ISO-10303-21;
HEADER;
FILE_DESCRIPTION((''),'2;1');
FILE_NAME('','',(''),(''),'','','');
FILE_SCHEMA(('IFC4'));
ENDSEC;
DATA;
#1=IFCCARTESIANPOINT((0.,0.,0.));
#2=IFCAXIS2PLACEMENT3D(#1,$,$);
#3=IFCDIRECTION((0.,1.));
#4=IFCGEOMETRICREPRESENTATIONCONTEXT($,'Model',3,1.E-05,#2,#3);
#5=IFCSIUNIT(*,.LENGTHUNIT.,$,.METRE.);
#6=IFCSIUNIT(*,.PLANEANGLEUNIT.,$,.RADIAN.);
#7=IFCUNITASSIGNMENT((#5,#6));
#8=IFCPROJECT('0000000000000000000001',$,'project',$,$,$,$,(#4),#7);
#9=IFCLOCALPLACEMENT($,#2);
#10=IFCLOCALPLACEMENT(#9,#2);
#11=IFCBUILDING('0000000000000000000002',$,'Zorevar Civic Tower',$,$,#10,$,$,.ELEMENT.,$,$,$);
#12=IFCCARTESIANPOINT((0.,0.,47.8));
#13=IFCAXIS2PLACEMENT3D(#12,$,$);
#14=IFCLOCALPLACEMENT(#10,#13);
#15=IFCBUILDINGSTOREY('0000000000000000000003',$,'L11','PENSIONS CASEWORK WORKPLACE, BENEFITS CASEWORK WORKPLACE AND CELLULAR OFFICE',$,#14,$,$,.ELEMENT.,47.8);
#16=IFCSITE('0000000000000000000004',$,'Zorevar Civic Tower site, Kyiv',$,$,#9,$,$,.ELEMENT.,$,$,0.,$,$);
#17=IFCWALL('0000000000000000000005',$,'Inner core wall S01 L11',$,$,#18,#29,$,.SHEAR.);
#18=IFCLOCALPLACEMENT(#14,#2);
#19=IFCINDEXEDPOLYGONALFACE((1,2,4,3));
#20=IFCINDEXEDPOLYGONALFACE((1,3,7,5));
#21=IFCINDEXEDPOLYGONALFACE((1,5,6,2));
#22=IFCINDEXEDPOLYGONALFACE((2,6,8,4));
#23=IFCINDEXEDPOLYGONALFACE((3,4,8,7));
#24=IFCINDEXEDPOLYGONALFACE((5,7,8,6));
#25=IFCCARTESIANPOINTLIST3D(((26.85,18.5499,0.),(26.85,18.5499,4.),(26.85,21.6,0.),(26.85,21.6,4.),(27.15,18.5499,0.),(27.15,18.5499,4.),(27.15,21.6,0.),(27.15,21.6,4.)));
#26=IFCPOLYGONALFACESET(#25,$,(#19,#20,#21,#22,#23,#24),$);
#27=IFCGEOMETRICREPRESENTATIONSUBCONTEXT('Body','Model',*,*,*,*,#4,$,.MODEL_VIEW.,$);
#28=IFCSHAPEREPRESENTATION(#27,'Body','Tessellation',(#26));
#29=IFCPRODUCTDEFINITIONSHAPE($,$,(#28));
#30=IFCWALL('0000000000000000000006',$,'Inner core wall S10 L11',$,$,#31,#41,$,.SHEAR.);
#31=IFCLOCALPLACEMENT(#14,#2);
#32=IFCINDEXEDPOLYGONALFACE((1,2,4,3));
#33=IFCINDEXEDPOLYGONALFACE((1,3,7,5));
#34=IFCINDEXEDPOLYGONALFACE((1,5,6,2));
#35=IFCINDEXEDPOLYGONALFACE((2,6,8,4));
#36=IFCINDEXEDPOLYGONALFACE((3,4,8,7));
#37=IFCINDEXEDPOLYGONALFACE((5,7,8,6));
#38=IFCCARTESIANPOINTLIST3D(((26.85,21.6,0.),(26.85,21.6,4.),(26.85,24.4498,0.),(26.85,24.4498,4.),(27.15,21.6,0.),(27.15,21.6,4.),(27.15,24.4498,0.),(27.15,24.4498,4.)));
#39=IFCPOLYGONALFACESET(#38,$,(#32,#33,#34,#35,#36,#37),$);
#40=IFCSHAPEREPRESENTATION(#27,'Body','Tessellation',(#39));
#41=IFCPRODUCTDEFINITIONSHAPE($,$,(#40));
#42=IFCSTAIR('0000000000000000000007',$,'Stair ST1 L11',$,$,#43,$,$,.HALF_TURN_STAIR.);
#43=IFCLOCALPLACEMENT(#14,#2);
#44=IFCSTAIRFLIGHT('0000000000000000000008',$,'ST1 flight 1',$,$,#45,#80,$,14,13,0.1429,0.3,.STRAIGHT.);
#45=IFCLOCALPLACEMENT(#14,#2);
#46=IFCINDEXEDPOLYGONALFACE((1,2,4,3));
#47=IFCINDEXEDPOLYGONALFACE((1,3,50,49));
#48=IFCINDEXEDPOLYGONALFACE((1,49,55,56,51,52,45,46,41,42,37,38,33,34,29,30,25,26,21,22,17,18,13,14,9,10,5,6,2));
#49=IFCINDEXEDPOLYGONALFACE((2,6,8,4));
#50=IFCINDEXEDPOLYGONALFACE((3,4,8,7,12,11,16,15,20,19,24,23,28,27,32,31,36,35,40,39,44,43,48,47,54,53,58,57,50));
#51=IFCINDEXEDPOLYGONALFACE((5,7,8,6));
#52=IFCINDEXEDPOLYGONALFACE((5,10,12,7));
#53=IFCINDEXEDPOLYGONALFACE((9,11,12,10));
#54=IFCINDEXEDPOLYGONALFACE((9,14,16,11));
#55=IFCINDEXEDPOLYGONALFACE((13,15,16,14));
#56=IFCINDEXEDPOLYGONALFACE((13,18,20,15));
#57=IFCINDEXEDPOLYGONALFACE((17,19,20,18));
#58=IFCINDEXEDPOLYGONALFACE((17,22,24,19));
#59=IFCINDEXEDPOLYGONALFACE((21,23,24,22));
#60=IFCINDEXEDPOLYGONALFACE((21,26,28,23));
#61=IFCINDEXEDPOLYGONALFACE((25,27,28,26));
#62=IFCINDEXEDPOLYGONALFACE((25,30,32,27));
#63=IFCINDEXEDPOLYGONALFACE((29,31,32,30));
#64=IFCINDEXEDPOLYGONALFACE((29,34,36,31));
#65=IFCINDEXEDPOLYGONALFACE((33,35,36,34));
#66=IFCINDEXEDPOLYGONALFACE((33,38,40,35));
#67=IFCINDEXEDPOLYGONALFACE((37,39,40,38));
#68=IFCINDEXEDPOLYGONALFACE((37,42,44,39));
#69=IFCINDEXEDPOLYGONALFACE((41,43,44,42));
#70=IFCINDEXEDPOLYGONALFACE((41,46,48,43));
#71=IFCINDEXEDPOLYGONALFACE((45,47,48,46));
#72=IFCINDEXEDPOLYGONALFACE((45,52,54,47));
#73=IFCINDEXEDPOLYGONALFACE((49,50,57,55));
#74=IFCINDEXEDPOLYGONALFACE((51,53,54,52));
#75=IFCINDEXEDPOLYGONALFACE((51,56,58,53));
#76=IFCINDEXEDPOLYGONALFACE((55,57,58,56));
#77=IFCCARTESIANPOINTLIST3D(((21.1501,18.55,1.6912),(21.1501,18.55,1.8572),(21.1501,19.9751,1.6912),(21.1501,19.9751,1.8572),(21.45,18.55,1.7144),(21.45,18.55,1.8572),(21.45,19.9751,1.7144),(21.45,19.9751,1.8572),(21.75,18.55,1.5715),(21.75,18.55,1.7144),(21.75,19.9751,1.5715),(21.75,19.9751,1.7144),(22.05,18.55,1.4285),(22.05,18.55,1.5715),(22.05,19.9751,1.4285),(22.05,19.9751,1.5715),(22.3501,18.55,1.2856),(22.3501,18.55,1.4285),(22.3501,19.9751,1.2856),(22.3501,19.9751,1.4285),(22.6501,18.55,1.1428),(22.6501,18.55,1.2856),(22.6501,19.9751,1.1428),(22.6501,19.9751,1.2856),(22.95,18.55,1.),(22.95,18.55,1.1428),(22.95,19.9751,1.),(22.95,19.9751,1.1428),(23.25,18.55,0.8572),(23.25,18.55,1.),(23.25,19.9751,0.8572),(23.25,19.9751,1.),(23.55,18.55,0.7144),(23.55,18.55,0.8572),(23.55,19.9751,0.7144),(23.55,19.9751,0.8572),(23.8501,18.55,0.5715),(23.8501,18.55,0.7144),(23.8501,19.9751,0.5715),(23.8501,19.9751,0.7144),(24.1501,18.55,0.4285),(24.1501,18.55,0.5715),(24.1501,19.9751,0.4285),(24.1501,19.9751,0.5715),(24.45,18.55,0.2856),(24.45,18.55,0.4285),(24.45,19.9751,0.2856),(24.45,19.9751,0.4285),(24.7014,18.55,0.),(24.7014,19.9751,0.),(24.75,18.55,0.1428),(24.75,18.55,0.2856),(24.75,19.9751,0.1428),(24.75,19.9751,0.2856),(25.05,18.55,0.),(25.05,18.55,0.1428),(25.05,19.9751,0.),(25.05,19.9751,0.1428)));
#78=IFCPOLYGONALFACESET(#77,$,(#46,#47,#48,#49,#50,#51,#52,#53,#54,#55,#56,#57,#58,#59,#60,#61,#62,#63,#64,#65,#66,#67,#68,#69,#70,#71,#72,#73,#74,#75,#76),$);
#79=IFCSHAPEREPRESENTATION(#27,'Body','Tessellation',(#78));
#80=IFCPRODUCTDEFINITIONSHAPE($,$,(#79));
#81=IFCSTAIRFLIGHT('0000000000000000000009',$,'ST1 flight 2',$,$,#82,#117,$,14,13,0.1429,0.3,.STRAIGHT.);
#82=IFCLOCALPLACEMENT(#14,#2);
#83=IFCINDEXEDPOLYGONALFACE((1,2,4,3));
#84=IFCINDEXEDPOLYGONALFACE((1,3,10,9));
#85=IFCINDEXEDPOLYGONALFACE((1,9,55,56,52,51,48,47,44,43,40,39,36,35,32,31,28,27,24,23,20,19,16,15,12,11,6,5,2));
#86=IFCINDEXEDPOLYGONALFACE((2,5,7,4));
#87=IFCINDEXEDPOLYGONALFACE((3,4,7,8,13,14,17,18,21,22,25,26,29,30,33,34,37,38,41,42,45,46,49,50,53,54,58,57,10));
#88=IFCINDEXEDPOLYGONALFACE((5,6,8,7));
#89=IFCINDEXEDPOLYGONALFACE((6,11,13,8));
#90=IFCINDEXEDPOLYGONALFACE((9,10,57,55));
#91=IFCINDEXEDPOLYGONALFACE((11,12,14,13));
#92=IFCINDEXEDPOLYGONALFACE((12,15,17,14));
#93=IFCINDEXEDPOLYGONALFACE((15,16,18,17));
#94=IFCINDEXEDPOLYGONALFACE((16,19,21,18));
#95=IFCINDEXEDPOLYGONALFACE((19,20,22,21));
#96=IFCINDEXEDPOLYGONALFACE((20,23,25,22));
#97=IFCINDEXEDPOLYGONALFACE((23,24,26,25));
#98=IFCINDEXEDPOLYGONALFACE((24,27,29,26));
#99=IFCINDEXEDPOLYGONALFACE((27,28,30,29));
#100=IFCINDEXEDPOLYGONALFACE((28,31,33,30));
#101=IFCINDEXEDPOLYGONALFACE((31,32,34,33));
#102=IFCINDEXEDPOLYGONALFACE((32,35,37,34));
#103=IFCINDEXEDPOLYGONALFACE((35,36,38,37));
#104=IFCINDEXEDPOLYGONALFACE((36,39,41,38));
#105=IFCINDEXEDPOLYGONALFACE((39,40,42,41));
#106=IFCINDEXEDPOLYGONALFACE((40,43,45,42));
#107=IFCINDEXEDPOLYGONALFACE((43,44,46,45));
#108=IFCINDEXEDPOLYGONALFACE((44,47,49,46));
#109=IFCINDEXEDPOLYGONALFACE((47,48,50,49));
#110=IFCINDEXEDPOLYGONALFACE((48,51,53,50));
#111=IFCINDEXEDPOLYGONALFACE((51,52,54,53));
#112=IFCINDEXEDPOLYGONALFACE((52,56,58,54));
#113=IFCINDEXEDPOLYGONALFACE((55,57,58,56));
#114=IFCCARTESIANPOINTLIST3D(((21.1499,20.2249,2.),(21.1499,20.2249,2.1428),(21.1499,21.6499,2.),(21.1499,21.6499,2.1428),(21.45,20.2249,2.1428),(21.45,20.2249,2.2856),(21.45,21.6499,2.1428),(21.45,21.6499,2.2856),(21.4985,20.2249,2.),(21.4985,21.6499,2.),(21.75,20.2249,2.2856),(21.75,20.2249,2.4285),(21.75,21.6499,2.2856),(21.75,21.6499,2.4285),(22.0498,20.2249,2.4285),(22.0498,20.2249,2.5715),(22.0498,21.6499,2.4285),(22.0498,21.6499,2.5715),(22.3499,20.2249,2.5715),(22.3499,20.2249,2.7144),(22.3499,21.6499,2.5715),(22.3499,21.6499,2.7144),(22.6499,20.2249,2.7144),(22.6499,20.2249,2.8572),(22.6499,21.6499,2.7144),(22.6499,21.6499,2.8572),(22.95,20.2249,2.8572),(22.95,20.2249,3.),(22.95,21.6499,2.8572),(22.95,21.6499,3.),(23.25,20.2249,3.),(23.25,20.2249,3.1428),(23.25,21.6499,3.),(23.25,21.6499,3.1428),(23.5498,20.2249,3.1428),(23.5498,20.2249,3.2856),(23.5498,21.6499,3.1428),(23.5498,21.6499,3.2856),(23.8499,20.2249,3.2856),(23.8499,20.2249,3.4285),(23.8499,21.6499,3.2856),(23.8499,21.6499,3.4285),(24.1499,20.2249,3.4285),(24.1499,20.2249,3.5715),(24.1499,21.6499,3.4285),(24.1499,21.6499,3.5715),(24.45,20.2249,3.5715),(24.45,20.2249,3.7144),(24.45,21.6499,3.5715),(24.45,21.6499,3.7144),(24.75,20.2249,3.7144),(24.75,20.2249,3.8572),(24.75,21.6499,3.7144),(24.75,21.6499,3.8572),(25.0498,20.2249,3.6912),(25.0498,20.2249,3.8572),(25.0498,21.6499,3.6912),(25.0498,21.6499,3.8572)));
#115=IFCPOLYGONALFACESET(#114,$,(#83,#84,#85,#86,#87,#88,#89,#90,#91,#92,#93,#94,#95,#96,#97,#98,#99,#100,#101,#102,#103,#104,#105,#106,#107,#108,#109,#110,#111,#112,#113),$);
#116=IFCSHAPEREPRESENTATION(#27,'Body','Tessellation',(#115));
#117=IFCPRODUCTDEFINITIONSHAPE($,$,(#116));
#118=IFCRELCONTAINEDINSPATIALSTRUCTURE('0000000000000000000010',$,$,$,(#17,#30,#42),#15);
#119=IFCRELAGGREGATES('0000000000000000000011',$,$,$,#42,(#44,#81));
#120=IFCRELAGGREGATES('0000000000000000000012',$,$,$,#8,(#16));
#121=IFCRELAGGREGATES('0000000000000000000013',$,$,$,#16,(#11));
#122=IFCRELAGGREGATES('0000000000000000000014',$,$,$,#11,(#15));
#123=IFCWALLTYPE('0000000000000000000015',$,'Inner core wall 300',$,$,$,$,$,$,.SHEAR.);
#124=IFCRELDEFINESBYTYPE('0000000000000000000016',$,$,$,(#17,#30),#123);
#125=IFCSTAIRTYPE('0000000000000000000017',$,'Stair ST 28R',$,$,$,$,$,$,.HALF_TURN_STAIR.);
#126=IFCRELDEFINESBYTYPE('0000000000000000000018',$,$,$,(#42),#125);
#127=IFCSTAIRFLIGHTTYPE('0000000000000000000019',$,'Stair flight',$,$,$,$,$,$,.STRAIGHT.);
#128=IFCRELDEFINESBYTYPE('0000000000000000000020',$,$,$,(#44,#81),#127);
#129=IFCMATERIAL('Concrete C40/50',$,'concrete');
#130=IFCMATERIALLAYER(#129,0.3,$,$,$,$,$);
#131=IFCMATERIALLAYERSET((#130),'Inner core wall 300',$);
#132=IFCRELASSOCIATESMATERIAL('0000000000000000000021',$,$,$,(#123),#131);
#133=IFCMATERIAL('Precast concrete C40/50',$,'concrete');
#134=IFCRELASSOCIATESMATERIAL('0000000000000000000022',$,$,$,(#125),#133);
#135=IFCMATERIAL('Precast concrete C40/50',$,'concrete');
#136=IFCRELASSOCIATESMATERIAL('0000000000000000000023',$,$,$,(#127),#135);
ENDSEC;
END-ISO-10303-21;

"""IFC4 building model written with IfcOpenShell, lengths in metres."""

from ifc_helpers import new_model, si_unit, direction, frame, frame_2d, origin, place, context, subcontext, project, spatial, polyline, rectangle, outline, extrude, material, layer, layer_set, type_object, element, aggregate, save


model = new_model("IFC4")

# Units and contexts
model_context = context("Model", 3, precision=1e-05, world=origin(), true_north=direction((0.0, 1.0)))
body_context = subcontext(model_context, "Body", "Model", "MODEL_VIEW")
ifc_project = project(units=[si_unit("LENGTHUNIT", "METRE"), si_unit("PLANEANGLEUNIT", "RADIAN")], contexts=[model_context])

# Site, building, storey
site_placement = place(None, origin())
site = spatial("IfcSite", under=ifc_project, at=site_placement, Name="Zorevar Civic Tower site, Kyiv", CompositionType="ELEMENT", RefElevation=0.0)
building_placement = place(site_placement, origin())
building = spatial("IfcBuilding", under=site, at=building_placement, Name="Zorevar Civic Tower", CompositionType="ELEMENT")
storey_placement = place(building_placement, frame((0.0, 0.0, 47.8)))
storey = spatial("IfcBuildingStorey", under=building, at=storey_placement, Name="L11", Description="PENSIONS CASEWORK WORKPLACE, BENEFITS CASEWORK WORKPLACE AND CELLULAR OFFICE", CompositionType="ELEMENT", Elevation=47.8)

# Wall
ifc_material_1 = material(Name="Concrete C40/50", Category="concrete")
ifc_layer = layer(ifc_material_1, 0.3)
ifc_layer_set = layer_set([ifc_layer], Name="Inner core wall 300")
wall_type = type_object("IfcWallType", Name="Inner core wall 300", PredefinedType="SHEAR", material=ifc_layer_set)
wall_1_placement = place(storey_placement, frame((27.0, 18.55, 0.0), z_axis=(0.0, 0.0, 1.0), x_axis=(0.0, 1.0, 0.0)))
element("IfcWall", 1, at=wall_1_placement, inside=storey, type_object=wall_type, Name="Inner core wall S01 L11", PredefinedType="SHEAR", context=body_context, shape_type="SweptSolid", body=[
    extrude(rectangle(XDim=3.05, YDim=0.3, at=frame_2d((1.5249, 0.0))), origin(), (0.0, 0.0, 1.0), 4.0),
])

# Wall
wall_2_placement = place(storey_placement, frame((27.0, 21.6001, 0.0), z_axis=(0.0, 0.0, 1.0), x_axis=(0.0, 1.0, 0.0)))
element("IfcWall", 2, at=wall_2_placement, inside=storey, type_object=wall_type, Name="Inner core wall S10 L11", PredefinedType="SHEAR", context=body_context, shape_type="SweptSolid", body=[
    extrude(rectangle(XDim=2.8499, YDim=0.3, at=frame_2d((1.4248, 0.0))), origin(), (0.0, 0.0, 1.0), 4.0),
])

# Stair, stair flights
ifc_material_2 = material(Name="Precast concrete C40/50", Category="concrete")
stair_type = type_object("IfcStairType", Name="Stair ST 28R", PredefinedType="HALF_TURN_STAIR", material=ifc_material_2)
stair_placement = place(storey_placement, origin())
stair = element("IfcStair", 3, at=stair_placement, inside=storey, type_object=stair_type, Name="Stair ST1 L11", PredefinedType="HALF_TURN_STAIR")
ifc_material_3 = material(Name="Precast concrete C40/50", Category="concrete")
stair_flight_type = type_object("IfcStairFlightType", Name="Stair flight", PredefinedType="STRAIGHT", material=ifc_material_3)
stair_flight_1_placement = place(storey_placement, frame((25.05, 19.2625, 0.0), z_axis=(0.0, 0.0, 1.0), x_axis=(-1.0, 0.0, 0.0)))
stair_flight_1 = element("IfcStairFlight", 4, at=stair_flight_1_placement, type_object=stair_flight_type, Name="ST1 flight 1", NumberOfRisers=14, NumberOfTreads=13, PredefinedType="STRAIGHT", RiserHeight=0.1429, TreadLength=0.3, context=body_context, shape_type="SweptSolid", body=[
    extrude(outline(polyline([(0.0, 0.0), (0.0, 0.1428), (0.3, 0.1428), (0.3, 0.2856), (0.6001, 0.2856), (0.6001, 0.4285), (0.8999, 0.4285), (0.8999, 0.5715), (1.2, 0.5715), (1.2, 0.7144), (1.5, 0.7144), (1.5, 0.8572), (1.8, 0.8572), (1.8, 1.0), (2.1001, 1.0), (2.1001, 1.1428), (2.3999, 1.1428), (2.3999, 1.2856), (2.7, 1.2856), (2.7, 1.4285), (3.0, 1.4285), (3.0, 1.5715), (3.3, 1.5715), (3.3, 1.7144), (3.6001, 1.7144), (3.6001, 1.8572), (3.8999, 1.8572), (3.8999, 2.0), (3.8999, 1.6912), (0.3486, 0.0), (0.0, 0.0)])), frame((0.0, 0.7124, 0.0), z_axis=(0.0, -1.0, 0.0), x_axis=(1.0, 0.0, 0.0)), (0.0, 0.0, 1.0), 1.425),
])
stair_flight_2_placement = place(storey_placement, frame((21.1499, 20.9375, 2.0), z_axis=(0.0, 0.0, 1.0), x_axis=(1.0, 0.0, 0.0)))
stair_flight_2 = element("IfcStairFlight", 5, at=stair_flight_2_placement, type_object=stair_flight_type, Name="ST1 flight 2", NumberOfRisers=14, NumberOfTreads=13, PredefinedType="STRAIGHT", RiserHeight=0.1429, TreadLength=0.3, context=body_context, shape_type="SweptSolid", body=[
    extrude(outline(polyline([(0.0, 0.0), (0.0, 0.1428), (0.3, 0.1428), (0.3, 0.2856), (0.6001, 0.2856), (0.6001, 0.4285), (0.8999, 0.4285), (0.8999, 0.5715), (1.2, 0.5715), (1.2, 0.7144), (1.5, 0.7144), (1.5, 0.8572), (1.8, 0.8572), (1.8, 1.0), (2.1001, 1.0), (2.1001, 1.1428), (2.3999, 1.1428), (2.3999, 1.2856), (2.7, 1.2856), (2.7, 1.4285), (3.0, 1.4285), (3.0, 1.5715), (3.3, 1.5715), (3.3, 1.7144), (3.6001, 1.7144), (3.6001, 1.8572), (3.8999, 1.8572), (3.8999, 2.0), (3.8999, 1.6912), (0.3486, 0.0), (0.0, 0.0)])), frame((0.0, 0.7124, 0.0), z_axis=(0.0, -1.0, 0.0), x_axis=(1.0, 0.0, 0.0)), (0.0, 0.0, 1.0), 1.425),
])
aggregate(stair, [stair_flight_1, stair_flight_2])

save(model, "model.ifc")
